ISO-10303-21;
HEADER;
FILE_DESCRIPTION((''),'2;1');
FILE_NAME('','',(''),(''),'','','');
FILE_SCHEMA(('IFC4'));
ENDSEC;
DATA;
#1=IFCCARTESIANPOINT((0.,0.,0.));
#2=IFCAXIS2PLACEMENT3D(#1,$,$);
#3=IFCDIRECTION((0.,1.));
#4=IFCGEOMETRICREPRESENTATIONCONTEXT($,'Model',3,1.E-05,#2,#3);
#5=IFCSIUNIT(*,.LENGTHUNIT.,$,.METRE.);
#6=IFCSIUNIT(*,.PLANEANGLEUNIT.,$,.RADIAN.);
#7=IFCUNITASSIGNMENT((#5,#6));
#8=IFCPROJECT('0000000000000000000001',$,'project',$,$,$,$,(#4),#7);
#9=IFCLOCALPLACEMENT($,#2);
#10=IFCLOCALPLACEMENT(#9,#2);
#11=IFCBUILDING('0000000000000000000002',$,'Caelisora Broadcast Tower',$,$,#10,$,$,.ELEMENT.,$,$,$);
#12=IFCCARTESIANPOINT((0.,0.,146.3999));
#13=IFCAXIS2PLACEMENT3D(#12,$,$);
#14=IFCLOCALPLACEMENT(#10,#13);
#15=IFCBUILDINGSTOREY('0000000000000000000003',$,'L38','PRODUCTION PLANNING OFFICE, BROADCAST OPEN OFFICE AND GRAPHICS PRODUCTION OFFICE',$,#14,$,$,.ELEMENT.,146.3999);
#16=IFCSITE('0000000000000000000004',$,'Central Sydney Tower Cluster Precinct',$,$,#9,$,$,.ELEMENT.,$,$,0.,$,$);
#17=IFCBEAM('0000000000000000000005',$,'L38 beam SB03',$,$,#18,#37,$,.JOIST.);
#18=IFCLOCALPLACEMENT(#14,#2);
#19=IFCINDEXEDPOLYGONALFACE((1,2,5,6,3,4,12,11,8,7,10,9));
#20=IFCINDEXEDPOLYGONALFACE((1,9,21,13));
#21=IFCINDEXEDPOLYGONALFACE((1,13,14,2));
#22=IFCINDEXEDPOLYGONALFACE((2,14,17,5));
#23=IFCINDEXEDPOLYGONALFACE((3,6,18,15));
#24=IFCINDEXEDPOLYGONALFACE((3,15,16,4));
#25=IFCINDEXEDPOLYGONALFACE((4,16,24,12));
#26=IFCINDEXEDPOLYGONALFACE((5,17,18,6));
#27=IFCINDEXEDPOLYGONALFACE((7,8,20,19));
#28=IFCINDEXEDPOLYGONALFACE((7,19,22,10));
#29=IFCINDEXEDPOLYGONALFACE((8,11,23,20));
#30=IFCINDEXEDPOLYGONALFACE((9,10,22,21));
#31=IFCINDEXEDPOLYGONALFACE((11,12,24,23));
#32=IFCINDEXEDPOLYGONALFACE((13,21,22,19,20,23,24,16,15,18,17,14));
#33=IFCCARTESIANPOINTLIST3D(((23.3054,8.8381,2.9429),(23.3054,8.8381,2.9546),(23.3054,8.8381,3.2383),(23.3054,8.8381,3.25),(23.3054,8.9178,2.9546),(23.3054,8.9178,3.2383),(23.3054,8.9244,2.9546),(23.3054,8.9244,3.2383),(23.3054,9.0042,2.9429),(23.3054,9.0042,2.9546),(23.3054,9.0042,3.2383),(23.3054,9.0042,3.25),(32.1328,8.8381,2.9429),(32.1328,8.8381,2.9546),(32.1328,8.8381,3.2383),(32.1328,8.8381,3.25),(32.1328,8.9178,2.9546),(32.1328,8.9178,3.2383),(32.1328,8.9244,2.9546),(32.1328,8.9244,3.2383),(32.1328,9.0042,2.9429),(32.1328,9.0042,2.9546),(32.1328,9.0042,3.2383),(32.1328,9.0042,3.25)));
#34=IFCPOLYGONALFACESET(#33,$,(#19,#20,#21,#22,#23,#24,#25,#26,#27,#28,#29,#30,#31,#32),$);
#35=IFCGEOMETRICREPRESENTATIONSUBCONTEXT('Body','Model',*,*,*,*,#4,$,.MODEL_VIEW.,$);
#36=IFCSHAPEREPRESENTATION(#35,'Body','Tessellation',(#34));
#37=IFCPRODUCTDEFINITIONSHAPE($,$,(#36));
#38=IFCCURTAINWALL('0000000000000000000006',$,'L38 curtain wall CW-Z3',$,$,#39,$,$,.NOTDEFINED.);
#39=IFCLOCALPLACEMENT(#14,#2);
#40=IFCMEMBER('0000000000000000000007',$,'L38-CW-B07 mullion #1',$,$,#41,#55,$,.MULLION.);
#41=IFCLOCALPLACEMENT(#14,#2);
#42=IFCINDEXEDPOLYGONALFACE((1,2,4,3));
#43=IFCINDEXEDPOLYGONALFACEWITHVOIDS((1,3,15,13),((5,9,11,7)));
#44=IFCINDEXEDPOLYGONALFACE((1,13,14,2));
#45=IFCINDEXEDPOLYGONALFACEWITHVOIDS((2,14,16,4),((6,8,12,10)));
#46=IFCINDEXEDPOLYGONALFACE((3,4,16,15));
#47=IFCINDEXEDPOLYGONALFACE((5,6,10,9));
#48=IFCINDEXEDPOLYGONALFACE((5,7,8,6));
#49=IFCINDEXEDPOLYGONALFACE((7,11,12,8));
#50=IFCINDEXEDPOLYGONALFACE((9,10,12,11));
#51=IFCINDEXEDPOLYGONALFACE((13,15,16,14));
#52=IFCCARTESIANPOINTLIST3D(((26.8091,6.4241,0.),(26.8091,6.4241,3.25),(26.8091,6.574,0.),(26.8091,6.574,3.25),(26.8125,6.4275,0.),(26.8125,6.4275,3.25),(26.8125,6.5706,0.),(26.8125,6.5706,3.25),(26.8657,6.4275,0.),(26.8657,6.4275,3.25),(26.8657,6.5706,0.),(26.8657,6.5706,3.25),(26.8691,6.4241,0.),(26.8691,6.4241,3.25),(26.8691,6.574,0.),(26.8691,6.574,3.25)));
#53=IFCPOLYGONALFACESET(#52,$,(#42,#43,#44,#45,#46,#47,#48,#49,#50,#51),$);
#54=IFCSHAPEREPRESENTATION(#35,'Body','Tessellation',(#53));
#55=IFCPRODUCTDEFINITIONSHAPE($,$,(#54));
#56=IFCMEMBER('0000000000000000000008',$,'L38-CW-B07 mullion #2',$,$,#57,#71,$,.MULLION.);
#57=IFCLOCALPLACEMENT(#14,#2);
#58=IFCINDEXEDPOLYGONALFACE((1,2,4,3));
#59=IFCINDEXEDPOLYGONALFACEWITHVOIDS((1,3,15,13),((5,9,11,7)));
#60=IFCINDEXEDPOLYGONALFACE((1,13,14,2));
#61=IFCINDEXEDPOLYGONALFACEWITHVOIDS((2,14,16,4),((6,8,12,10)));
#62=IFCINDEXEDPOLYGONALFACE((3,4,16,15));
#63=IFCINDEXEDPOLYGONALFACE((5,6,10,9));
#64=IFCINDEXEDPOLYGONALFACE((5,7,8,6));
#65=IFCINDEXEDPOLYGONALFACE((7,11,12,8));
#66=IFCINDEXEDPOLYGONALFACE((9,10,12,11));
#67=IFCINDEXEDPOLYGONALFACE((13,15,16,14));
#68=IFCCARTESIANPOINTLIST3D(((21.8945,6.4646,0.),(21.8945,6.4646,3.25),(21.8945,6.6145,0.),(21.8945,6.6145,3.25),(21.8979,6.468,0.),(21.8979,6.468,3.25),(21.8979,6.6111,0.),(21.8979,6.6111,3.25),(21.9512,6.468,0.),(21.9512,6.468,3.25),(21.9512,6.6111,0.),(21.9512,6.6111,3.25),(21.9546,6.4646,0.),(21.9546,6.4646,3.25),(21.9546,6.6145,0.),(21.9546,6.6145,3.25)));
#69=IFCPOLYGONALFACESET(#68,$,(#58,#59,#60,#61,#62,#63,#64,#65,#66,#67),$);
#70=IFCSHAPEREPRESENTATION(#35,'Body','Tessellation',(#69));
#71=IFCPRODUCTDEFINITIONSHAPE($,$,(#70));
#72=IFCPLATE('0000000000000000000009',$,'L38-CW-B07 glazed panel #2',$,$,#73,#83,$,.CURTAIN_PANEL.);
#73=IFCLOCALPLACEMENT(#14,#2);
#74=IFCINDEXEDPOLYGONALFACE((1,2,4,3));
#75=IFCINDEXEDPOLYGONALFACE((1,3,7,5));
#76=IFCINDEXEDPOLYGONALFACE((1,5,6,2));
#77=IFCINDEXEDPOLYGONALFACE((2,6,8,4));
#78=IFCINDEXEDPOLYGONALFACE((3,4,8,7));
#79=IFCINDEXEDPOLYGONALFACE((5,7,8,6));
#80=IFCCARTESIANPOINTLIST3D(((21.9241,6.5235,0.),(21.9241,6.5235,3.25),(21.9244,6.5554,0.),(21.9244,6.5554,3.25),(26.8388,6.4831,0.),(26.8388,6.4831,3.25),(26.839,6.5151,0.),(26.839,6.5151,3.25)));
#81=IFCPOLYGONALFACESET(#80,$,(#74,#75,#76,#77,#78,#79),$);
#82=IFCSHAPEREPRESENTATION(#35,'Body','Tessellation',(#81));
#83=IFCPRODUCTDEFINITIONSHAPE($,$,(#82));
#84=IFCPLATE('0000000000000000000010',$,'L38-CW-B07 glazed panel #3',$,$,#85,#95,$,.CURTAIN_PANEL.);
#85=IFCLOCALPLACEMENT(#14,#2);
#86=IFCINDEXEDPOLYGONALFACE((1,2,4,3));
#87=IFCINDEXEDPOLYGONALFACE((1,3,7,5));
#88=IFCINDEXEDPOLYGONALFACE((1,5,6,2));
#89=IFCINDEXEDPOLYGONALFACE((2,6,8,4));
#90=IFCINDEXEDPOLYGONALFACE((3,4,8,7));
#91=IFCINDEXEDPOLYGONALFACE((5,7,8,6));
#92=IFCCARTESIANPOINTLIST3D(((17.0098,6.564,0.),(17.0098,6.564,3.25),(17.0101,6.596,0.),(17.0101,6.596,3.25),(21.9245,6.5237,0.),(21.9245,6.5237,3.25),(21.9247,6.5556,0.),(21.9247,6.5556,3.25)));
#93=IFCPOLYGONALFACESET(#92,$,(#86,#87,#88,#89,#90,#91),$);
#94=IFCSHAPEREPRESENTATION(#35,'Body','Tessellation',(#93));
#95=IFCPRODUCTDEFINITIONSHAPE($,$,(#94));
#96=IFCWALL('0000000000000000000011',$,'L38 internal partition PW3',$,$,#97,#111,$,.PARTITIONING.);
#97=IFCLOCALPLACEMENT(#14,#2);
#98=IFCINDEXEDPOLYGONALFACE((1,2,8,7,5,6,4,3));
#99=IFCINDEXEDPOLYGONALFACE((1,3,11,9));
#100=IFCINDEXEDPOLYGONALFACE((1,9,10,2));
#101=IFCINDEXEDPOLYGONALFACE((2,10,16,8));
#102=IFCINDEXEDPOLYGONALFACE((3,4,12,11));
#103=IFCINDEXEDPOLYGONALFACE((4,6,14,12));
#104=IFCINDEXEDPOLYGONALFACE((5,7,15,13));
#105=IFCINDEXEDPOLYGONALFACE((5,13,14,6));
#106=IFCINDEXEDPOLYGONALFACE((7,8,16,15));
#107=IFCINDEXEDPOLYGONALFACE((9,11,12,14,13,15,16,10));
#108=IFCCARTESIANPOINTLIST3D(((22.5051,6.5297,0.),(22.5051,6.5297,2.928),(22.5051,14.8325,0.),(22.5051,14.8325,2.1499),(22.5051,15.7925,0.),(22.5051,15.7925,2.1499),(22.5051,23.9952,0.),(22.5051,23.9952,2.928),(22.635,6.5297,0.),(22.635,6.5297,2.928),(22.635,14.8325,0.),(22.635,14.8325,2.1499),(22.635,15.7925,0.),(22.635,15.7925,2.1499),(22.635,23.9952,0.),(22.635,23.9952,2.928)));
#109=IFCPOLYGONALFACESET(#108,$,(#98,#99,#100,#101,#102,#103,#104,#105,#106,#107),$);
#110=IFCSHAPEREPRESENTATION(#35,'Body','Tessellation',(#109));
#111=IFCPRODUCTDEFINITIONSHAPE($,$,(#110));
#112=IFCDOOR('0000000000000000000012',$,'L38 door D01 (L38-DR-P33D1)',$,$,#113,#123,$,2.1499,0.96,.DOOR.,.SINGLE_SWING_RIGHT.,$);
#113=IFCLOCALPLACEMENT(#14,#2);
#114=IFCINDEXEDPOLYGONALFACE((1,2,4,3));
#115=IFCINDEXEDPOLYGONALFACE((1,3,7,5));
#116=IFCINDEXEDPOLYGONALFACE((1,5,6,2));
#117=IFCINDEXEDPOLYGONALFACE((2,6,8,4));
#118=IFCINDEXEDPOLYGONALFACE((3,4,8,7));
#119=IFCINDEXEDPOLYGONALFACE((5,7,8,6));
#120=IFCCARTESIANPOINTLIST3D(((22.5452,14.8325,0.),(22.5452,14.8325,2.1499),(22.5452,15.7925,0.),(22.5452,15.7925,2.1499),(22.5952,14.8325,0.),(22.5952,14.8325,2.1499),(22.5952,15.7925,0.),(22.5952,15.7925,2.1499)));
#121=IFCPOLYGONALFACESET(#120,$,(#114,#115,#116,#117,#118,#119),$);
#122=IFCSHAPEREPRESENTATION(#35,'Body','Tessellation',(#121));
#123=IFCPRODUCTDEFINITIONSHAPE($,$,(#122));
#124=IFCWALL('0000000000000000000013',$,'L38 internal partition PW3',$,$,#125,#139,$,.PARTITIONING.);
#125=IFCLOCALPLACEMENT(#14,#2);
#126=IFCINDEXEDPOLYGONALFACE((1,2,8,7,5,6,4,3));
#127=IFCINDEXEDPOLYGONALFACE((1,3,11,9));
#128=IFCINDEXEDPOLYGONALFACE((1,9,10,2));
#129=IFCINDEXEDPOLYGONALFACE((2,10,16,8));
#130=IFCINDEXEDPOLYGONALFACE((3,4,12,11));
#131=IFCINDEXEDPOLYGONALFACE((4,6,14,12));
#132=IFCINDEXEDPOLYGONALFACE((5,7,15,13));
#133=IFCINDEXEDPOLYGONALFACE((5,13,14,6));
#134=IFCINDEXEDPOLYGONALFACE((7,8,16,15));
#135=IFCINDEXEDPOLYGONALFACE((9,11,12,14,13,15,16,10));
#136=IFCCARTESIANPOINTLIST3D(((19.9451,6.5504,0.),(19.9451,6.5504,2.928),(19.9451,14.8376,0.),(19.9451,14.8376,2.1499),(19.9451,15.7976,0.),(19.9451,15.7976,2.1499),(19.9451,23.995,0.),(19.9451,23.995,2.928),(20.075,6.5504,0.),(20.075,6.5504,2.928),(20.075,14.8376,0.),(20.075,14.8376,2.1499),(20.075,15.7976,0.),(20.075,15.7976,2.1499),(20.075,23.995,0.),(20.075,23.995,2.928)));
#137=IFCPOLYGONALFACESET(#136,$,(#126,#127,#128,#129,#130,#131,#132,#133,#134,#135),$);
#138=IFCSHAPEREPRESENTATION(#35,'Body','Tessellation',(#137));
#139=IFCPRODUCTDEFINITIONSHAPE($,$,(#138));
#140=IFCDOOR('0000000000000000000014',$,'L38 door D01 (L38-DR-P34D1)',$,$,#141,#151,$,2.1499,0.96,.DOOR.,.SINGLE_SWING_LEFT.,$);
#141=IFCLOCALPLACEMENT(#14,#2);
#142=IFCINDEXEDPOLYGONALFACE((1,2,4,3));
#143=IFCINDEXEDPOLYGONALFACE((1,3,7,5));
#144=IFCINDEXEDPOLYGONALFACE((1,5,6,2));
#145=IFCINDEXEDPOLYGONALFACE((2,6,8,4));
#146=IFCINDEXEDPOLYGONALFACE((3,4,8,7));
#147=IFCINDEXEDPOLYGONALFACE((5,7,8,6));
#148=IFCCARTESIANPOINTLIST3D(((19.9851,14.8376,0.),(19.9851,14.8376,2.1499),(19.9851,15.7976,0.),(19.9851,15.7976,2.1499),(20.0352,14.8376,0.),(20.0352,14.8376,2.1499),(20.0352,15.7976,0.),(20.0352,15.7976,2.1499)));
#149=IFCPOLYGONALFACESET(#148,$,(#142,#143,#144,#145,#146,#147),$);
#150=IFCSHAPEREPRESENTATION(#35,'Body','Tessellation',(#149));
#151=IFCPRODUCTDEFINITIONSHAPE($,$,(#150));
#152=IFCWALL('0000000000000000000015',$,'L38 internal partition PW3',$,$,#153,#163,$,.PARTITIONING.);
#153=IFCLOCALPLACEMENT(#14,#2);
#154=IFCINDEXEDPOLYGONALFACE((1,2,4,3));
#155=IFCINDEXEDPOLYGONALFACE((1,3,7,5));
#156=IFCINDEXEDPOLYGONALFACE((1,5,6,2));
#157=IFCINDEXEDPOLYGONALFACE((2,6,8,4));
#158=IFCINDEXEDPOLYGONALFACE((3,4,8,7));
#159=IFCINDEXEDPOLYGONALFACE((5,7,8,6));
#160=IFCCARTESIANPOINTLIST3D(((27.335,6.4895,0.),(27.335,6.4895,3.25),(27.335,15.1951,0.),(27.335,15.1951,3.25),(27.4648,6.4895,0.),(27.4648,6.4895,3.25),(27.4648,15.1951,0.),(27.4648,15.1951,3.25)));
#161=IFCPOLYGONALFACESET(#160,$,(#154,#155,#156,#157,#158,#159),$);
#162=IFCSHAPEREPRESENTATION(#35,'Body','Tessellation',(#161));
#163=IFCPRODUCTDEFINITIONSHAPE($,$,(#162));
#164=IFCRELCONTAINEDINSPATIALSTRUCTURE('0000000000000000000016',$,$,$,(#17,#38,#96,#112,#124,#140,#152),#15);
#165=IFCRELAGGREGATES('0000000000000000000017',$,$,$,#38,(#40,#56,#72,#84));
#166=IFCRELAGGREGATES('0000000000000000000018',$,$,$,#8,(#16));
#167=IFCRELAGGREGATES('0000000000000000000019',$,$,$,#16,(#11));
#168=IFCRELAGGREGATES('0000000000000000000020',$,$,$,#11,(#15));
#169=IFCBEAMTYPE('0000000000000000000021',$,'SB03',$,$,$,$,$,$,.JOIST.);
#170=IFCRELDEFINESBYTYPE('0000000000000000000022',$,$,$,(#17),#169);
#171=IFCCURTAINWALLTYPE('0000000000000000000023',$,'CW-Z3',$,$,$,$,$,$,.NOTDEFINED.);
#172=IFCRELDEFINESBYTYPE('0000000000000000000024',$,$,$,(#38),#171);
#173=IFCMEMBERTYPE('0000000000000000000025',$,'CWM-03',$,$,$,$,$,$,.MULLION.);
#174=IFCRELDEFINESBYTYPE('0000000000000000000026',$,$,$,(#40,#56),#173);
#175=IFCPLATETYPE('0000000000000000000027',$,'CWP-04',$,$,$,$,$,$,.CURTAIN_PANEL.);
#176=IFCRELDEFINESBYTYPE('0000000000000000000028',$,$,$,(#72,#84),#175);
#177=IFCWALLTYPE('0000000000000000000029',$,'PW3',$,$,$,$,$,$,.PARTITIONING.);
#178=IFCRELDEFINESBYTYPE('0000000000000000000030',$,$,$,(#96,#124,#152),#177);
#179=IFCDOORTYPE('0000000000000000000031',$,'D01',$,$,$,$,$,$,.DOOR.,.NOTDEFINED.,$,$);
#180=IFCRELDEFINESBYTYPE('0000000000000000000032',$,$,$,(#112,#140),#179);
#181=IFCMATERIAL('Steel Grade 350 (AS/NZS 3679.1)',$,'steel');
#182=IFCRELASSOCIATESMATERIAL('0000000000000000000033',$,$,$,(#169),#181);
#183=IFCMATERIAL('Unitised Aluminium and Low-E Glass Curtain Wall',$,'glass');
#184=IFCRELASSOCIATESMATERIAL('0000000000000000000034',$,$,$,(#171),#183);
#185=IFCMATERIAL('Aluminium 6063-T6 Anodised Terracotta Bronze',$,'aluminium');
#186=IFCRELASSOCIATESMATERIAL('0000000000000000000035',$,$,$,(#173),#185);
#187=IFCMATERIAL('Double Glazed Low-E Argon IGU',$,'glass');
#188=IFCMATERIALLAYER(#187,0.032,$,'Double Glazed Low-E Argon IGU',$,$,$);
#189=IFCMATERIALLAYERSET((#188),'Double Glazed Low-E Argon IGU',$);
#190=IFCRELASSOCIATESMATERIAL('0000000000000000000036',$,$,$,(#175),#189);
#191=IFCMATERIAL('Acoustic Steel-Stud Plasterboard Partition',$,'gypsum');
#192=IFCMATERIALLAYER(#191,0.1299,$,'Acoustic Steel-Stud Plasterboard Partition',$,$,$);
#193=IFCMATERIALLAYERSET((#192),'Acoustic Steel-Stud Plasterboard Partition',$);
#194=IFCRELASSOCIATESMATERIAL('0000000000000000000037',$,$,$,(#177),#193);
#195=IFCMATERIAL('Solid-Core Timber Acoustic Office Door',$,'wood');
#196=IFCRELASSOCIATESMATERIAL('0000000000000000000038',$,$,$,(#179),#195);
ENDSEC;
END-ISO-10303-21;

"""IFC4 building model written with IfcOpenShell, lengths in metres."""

from ifc_helpers import new_model, si_unit, direction, frame, frame_2d, origin, origin_2d, place, context, subcontext, project, spatial, rectangle, hollow_rectangle, i_section, extrude, source, transform, mapped, material, layer, layer_set, material_profile, profile_set, type_object, type_shapes, element, fill, aggregate, save


model = new_model("IFC4")

# Units and contexts
model_context = context("Model", 3, precision=1e-05, world=origin(), true_north=direction((0.0, 1.0)))
body_context = subcontext(model_context, "Body", "Model", "MODEL_VIEW")
ifc_project = project(units=[si_unit("LENGTHUNIT", "METRE"), si_unit("PLANEANGLEUNIT", "RADIAN")], contexts=[model_context])

# Site, building, storey
site_placement = place(None, origin())
site = spatial("IfcSite", under=ifc_project, at=site_placement, Name="Central Sydney Tower Cluster Precinct", CompositionType="ELEMENT", RefElevation=0.0)
building_placement = place(site_placement, origin())
building = spatial("IfcBuilding", under=site, at=building_placement, Name="Caelisora Broadcast Tower", CompositionType="ELEMENT")
storey_placement = place(building_placement, frame((0.0, 0.0, 146.3999)))
storey = spatial("IfcBuildingStorey", under=building, at=storey_placement, Name="L38", Description="PRODUCTION PLANNING OFFICE, BROADCAST OPEN OFFICE AND GRAPHICS PRODUCTION OFFICE", CompositionType="ELEMENT", Elevation=146.3999)

# Beam
ifc_material_1 = material(Name="Steel Grade 350 (AS/NZS 3679.1)", Category="steel")
ifc_material_profile_1 = material_profile(ifc_material_1, i_section(OverallWidth=0.166, OverallDepth=0.3071, WebThickness=0.0066, FlangeThickness=0.0117, at=origin_2d()), Name="Steel Grade 350 (AS/NZS 3679.1)")
ifc_profile_set_1 = profile_set([ifc_material_profile_1], Name="Steel Grade 350 (AS/NZS 3679.1)")
beam_type_1 = type_object("IfcBeamType", Name="SB03", PredefinedType="JOIST", material=ifc_profile_set_1)
shared_shape_1 = source(origin(), body_context, "Body", "SweptSolid", [
    extrude(i_section(OverallWidth=0.166, OverallDepth=0.3071, WebThickness=0.0066, FlangeThickness=0.0117, at=origin_2d()), origin(), (0.0, 0.0, 1.0), 8.8274),
])
beam_1_placement = place(storey_placement, frame((23.3054, 8.9211, 3.0964), z_axis=(1.0, 0.0, 0.0), x_axis=(0.0, 1.0, 0.0)))
element("IfcBeam", 1, at=beam_1_placement, inside=storey, type_object=beam_type_1, Name="L38 beam SB03", PredefinedType="JOIST", context=body_context, shape_type="MappedRepresentation", body=[
    mapped(shared_shape_1, transform((0.0, 0.0, 0.0), scale=1.0)),
])

# Curtain wall, members, plates
ifc_material_2 = material(Name="Unitised Aluminium and Low-E Glass Curtain Wall", Category="glass")
curtain_wall_type = type_object("IfcCurtainWallType", Name="CW-Z3", PredefinedType="NOTDEFINED", material=ifc_material_2)
curtain_wall_placement = place(storey_placement, origin())
curtain_wall = element("IfcCurtainWall", 2, at=curtain_wall_placement, inside=storey, type_object=curtain_wall_type, Name="L38 curtain wall CW-Z3", PredefinedType="NOTDEFINED")
ifc_material_3 = material(Name="Aluminium 6063-T6 Anodised Terracotta Bronze", Category="aluminium")
ifc_material_profile_2 = material_profile(ifc_material_3, hollow_rectangle(XDim=0.0601, YDim=0.1499, WallThickness=0.0034, at=origin_2d()), Name="Aluminium 6063-T6 Anodised Terracotta Bronze")
ifc_profile_set_2 = profile_set([ifc_material_profile_2], Name="Aluminium 6063-T6 Anodised Terracotta Bronze")
member_type = type_object("IfcMemberType", Name="CWM-03", PredefinedType="MULLION", material=ifc_profile_set_2)
shared_shape_2 = source(origin(), body_context, "Body", "SweptSolid", [
    extrude(hollow_rectangle(XDim=0.0601, YDim=0.1499, WallThickness=0.0034, at=origin_2d()), origin(), (0.0, 0.0, 1.0), 3.25),
])
type_shapes(member_type, [shared_shape_2])
member_1_placement = place(storey_placement, frame((26.8391, 6.499, 0.0), z_axis=(0.0, 0.0, 1.0), x_axis=(1.0, 0.0, 0.0)))
member_1 = element("IfcMember", 3, at=member_1_placement, type_object=member_type, Name="L38-CW-B07 mullion #1", PredefinedType="MULLION", context=body_context, shape_type="MappedRepresentation", body=[
    mapped(shared_shape_2, transform((0.0, 0.0, 0.0), scale=1.0)),
])
member_2_placement = place(storey_placement, frame((21.9246, 6.5396, 0.0), z_axis=(0.0, 0.0, 1.0), x_axis=(1.0, 0.0, 0.0)))
member_2 = element("IfcMember", 4, at=member_2_placement, type_object=member_type, Name="L38-CW-B07 mullion #2", PredefinedType="MULLION", context=body_context, shape_type="MappedRepresentation", body=[
    mapped(shared_shape_2, transform((0.0, 0.0, 0.0), scale=1.0)),
])
ifc_material_4 = material(Name="Double Glazed Low-E Argon IGU", Category="glass")
ifc_layer_1 = layer(ifc_material_4, 0.032, Name="Double Glazed Low-E Argon IGU")
ifc_layer_set_1 = layer_set([ifc_layer_1], Name="Double Glazed Low-E Argon IGU")
plate_type = type_object("IfcPlateType", Name="CWP-04", PredefinedType="CURTAIN_PANEL", material=ifc_layer_set_1)
shared_shape_3 = source(origin(), body_context, "Body", "SweptSolid", [
    extrude(rectangle(XDim=4.9148, YDim=0.032, at=origin_2d()), origin(), (0.0, 0.0, 1.0), 3.25),
])
type_shapes(plate_type, [shared_shape_3])
plate_1_placement = place(storey_placement, frame((24.3816, 6.5193, 0.0), z_axis=(0.0, 0.0, 1.0), x_axis=(-0.999966, 0.008203, 0.0)))
plate_1 = element("IfcPlate", 5, at=plate_1_placement, type_object=plate_type, Name="L38-CW-B07 glazed panel #2", PredefinedType="CURTAIN_PANEL", context=body_context, shape_type="MappedRepresentation", body=[
    mapped(shared_shape_3, transform((0.0, 0.0, 0.0), scale=1.0)),
])
plate_2_placement = place(storey_placement, frame((19.4673, 6.5598, 0.0), z_axis=(0.0, 0.0, 1.0), x_axis=(-0.999966, 0.008203, 0.0)))
plate_2 = element("IfcPlate", 6, at=plate_2_placement, type_object=plate_type, Name="L38-CW-B07 glazed panel #3", PredefinedType="CURTAIN_PANEL", context=body_context, shape_type="MappedRepresentation", body=[
    mapped(shared_shape_3, transform((0.0, 0.0, 0.0), scale=1.0)),
])
aggregate(curtain_wall, [member_1, member_2, plate_1, plate_2])

# Walls, openings, doors
ifc_material_5 = material(Name="Acoustic Steel-Stud Plasterboard Partition", Category="gypsum")
ifc_layer_2 = layer(ifc_material_5, 0.1299, Name="Acoustic Steel-Stud Plasterboard Partition")
ifc_layer_set_2 = layer_set([ifc_layer_2], Name="Acoustic Steel-Stud Plasterboard Partition")
wall_type = type_object("IfcWallType", Name="PW3", PredefinedType="PARTITIONING", material=ifc_layer_set_2)
wall_1_placement = place(storey_placement, frame((22.5701, 6.5295, 0.0), z_axis=(0.0, 0.0, 1.0), x_axis=(0.0, 1.0, 0.0)))
wall_1 = element("IfcWall", 7, at=wall_1_placement, inside=storey, type_object=wall_type, Name="L38 internal partition PW3", PredefinedType="PARTITIONING", context=body_context, shape_type="SweptSolid", body=[
    extrude(rectangle(XDim=17.4656, YDim=0.1299, at=frame_2d((8.7329, 0.0))), origin(), (0.0, 0.0, 1.0), 2.928),
])
opening_1_placement = place(wall_1_placement, frame((8.303, 0.0, 0.0)))
opening_1 = element("IfcOpeningElement", 8, at=opening_1_placement, cuts=wall_1, PredefinedType="OPENING", context=body_context, shape_type="SweptSolid", body=[
    extrude(rectangle(XDim=0.96, YDim=2.1499, at=frame_2d((0.48, 1.075))), frame((0.0, 0.0769, 0.0), z_axis=(0.0, -1.0, 0.0), x_axis=(1.0, 0.0, 0.0)), (0.0, 0.0, 1.0), 0.1538),
])
ifc_material_6 = material(Name="Solid-Core Timber Acoustic Office Door", Category="wood")
door_type = type_object("IfcDoorType", Name="D01", OperationType="NOTDEFINED", PredefinedType="DOOR", material=ifc_material_6)
door_1_placement = place(opening_1_placement, origin())
door_1 = element("IfcDoor", 9, at=door_1_placement, inside=storey, type_object=door_type, Name="L38 door D01 (L38-DR-P33D1)", OperationType="SINGLE_SWING_RIGHT", OverallHeight=2.1499, OverallWidth=0.96, PredefinedType="DOOR", context=body_context, shape_type="SweptSolid", body=[
    extrude(rectangle(XDim=0.96, YDim=2.1499, at=frame_2d((0.48, 1.075))), frame((0.0, 0.0249, 0.0), z_axis=(0.0, -1.0, 0.0), x_axis=(1.0, 0.0, 0.0)), (0.0, 0.0, 1.0), 0.05),
])
fill(opening_1, door_1)
wall_2_placement = place(storey_placement, frame((20.01, 6.5505, 0.0), z_axis=(0.0, 0.0, 1.0), x_axis=(0.0, 1.0, 0.0)))
wall_2 = element("IfcWall", 10, at=wall_2_placement, inside=storey, type_object=wall_type, Name="L38 internal partition PW3", PredefinedType="PARTITIONING", context=body_context, shape_type="SweptSolid", body=[
    extrude(rectangle(XDim=17.4446, YDim=0.1299, at=frame_2d((8.7222, 0.0))), origin(), (0.0, 0.0, 1.0), 2.928),
])
opening_2_placement = place(wall_2_placement, frame((8.2871, 0.0, 0.0)))
opening_2 = element("IfcOpeningElement", 11, at=opening_2_placement, cuts=wall_2, PredefinedType="OPENING", context=body_context, shape_type="SweptSolid", body=[
    extrude(rectangle(XDim=0.96, YDim=2.1499, at=frame_2d((0.48, 1.075))), frame((0.0, 0.0769, 0.0), z_axis=(0.0, -1.0, 0.0), x_axis=(1.0, 0.0, 0.0)), (0.0, 0.0, 1.0), 0.1538),
])
door_2_placement = place(opening_2_placement, origin())
door_2 = element("IfcDoor", 12, at=door_2_placement, inside=storey, type_object=door_type, Name="L38 door D01 (L38-DR-P34D1)", OperationType="SINGLE_SWING_LEFT", OverallHeight=2.1499, OverallWidth=0.96, PredefinedType="DOOR", context=body_context, shape_type="SweptSolid", body=[
    extrude(rectangle(XDim=0.96, YDim=2.1499, at=frame_2d((0.48, 1.075))), frame((0.0, 0.0249, 0.0), z_axis=(0.0, -1.0, 0.0), x_axis=(1.0, 0.0, 0.0)), (0.0, 0.0, 1.0), 0.05),
])
fill(opening_2, door_2)

# Wall
wall_3_placement = place(storey_placement, frame((27.3999, 6.4895, 0.0), z_axis=(0.0, 0.0, 1.0), x_axis=(0.0, 1.0, 0.0)))
element("IfcWall", 13, at=wall_3_placement, inside=storey, type_object=wall_type, Name="L38 internal partition PW3", PredefinedType="PARTITIONING", context=body_context, shape_type="SweptSolid", body=[
    extrude(rectangle(XDim=8.7056, YDim=0.1299, at=frame_2d((4.3528, 0.0))), origin(), (0.0, 0.0, 1.0), 3.25),
])

save(model, "model.ifc")
